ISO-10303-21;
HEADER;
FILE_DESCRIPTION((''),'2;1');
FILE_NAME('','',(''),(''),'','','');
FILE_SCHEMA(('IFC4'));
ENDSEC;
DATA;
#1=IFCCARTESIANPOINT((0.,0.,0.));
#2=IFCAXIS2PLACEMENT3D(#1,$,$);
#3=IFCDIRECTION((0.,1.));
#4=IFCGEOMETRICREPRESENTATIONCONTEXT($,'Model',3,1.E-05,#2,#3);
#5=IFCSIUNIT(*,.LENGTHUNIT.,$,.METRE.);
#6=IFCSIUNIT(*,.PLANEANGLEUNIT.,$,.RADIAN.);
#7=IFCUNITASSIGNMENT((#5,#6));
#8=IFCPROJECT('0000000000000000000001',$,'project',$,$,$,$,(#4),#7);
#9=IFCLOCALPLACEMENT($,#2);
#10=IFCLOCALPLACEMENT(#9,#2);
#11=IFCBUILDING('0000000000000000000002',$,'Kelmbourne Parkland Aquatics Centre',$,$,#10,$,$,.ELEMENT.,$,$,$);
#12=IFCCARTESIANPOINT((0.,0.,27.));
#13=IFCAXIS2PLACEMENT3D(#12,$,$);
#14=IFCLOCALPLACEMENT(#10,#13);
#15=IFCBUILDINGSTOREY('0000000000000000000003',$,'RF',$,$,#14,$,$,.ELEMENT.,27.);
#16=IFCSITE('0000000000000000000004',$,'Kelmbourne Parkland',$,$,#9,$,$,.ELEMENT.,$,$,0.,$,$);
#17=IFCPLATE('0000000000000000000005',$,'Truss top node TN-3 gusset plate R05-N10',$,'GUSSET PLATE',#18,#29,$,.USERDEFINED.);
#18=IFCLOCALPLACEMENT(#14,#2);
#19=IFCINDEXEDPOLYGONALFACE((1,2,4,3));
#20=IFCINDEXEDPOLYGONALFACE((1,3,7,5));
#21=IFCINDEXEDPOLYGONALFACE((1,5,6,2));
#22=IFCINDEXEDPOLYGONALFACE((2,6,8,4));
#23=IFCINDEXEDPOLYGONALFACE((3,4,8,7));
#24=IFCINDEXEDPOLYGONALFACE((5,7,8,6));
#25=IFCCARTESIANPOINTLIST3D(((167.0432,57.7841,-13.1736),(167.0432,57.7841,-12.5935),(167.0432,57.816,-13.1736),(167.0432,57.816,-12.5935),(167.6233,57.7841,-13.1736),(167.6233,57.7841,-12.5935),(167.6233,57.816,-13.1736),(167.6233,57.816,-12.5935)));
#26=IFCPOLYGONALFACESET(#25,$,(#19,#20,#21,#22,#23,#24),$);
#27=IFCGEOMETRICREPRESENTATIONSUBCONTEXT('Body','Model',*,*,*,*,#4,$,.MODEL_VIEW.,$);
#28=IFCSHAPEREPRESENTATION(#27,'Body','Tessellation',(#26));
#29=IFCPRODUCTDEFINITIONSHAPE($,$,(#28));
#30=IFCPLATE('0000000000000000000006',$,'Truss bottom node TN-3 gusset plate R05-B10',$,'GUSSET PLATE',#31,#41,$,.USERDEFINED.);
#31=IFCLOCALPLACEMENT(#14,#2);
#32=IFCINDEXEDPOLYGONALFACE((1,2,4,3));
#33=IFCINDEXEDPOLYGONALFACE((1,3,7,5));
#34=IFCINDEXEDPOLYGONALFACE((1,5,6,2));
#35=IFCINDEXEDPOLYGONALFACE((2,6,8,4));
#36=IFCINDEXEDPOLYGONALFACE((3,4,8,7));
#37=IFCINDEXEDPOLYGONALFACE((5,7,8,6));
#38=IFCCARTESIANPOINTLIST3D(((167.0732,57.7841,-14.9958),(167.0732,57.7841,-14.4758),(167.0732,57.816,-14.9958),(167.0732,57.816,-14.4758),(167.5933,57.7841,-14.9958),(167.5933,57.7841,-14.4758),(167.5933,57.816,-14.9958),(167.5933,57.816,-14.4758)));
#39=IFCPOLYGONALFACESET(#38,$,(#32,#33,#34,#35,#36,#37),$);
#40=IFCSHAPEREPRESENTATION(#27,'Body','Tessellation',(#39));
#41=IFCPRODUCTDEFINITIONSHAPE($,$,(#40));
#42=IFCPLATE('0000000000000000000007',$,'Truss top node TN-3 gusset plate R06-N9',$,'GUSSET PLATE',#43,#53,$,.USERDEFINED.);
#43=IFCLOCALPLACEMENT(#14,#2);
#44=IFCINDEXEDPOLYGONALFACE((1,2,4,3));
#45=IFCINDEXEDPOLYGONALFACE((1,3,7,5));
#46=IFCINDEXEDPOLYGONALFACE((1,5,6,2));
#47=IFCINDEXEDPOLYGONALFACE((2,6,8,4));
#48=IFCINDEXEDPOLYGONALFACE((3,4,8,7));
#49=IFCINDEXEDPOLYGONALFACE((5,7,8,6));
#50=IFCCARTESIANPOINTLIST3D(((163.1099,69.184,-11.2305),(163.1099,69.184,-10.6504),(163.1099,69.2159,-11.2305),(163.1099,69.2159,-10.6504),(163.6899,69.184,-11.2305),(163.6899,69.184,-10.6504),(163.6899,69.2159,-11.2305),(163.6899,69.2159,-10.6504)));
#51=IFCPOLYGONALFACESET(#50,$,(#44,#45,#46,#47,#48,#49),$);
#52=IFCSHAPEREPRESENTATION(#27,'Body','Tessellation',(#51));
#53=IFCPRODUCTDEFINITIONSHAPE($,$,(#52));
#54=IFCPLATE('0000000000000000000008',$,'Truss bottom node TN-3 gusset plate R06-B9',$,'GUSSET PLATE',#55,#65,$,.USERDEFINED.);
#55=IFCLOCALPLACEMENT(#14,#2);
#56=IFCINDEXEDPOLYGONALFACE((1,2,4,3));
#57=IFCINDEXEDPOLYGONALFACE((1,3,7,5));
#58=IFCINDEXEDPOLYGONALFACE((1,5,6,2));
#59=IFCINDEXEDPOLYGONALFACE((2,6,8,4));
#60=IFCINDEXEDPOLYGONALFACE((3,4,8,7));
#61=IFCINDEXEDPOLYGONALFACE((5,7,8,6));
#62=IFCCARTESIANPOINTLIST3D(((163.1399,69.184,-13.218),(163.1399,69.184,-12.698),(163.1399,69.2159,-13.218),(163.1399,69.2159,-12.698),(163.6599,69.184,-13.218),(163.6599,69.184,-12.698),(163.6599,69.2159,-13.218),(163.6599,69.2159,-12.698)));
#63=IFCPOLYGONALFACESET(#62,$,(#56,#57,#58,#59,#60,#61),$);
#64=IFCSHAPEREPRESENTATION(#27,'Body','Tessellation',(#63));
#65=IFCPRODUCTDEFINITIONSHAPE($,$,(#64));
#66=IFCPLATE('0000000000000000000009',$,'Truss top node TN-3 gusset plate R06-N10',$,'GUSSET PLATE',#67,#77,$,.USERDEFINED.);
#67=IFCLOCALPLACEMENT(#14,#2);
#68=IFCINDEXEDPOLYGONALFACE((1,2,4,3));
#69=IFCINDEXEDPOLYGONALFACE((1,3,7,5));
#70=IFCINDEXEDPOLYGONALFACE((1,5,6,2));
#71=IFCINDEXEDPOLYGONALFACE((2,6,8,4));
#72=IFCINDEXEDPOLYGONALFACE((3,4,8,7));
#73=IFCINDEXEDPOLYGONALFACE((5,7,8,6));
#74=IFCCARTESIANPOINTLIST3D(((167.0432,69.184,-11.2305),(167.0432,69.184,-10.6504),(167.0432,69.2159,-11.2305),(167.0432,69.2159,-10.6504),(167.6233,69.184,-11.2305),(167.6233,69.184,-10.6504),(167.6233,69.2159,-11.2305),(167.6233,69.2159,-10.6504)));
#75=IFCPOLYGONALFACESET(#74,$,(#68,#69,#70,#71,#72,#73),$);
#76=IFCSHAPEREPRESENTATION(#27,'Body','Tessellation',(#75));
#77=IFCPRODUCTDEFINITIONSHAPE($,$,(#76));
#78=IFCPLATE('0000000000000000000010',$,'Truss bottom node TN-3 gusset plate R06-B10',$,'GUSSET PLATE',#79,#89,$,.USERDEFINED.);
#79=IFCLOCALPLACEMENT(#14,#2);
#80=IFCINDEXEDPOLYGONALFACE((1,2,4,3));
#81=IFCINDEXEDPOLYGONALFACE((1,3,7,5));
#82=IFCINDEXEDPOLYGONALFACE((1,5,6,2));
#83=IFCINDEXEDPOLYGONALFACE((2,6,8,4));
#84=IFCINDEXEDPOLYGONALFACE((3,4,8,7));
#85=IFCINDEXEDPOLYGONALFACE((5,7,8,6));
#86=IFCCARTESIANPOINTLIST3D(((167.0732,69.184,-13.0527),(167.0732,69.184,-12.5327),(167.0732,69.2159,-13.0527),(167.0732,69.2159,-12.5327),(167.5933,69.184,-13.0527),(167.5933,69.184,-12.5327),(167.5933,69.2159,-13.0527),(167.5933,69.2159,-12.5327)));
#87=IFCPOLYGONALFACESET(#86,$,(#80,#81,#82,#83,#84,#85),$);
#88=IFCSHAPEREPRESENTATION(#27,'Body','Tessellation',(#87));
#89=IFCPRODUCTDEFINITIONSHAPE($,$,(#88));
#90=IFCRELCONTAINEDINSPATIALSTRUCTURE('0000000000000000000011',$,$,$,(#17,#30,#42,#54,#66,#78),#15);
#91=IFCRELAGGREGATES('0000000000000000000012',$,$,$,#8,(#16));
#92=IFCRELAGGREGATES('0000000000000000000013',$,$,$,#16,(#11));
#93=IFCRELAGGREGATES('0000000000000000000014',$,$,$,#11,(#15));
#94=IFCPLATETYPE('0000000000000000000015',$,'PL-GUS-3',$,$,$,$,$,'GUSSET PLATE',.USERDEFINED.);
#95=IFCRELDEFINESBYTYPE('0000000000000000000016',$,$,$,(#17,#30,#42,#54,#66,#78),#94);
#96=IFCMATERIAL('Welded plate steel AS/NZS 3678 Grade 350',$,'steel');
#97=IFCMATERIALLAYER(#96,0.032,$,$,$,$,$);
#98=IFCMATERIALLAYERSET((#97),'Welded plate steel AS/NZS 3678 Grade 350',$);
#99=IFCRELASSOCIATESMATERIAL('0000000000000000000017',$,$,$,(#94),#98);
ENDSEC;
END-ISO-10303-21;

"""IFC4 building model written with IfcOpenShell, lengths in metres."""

from ifc_helpers import new_model, si_unit, direction, frame, origin, origin_2d, place, context, subcontext, project, spatial, rectangle, extrude, material, layer, layer_set, type_object, element, save


model = new_model("IFC4")

# Units and contexts
model_context = context("Model", 3, precision=1e-05, world=origin(), true_north=direction((0.0, 1.0)))
body_context = subcontext(model_context, "Body", "Model", "MODEL_VIEW")
ifc_project = project(units=[si_unit("LENGTHUNIT", "METRE"), si_unit("PLANEANGLEUNIT", "RADIAN")], contexts=[model_context])

# Site, building, storey
site_placement = place(None, origin())
site = spatial("IfcSite", under=ifc_project, at=site_placement, Name="Kelmbourne Parkland", CompositionType="ELEMENT", RefElevation=0.0)
building_placement = place(site_placement, origin())
building = spatial("IfcBuilding", under=site, at=building_placement, Name="Kelmbourne Parkland Aquatics Centre", CompositionType="ELEMENT")
storey_placement = place(building_placement, frame((0.0, 0.0, 27.0)))
storey = spatial("IfcBuildingStorey", under=building, at=storey_placement, Name="RF", CompositionType="ELEMENT", Elevation=27.0)

# Shared definitions
ifc_material_1 = material(Name="Welded plate steel AS/NZS 3678 Grade 350", Category="steel")

# Plates
ifc_layer_1 = layer(ifc_material_1, 0.032)
ifc_layer_set_1 = layer_set([ifc_layer_1], Name="Welded plate steel AS/NZS 3678 Grade 350")
plate_type_1 = type_object("IfcPlateType", Name="PL-GUS-3", ElementType="GUSSET PLATE", PredefinedType="USERDEFINED", material=ifc_layer_set_1)
plate_1_placement = place(storey_placement, frame((167.3333, 57.8, -13.1736), z_axis=(0.0, 0.0, 1.0), x_axis=(1.0, 0.0, 0.0)))
element("IfcPlate", 1, at=plate_1_placement, inside=storey, type_object=plate_type_1, Name="Truss top node TN-3 gusset plate R05-N10", ObjectType="GUSSET PLATE", PredefinedType="USERDEFINED", context=body_context, shape_type="SweptSolid", body=[
    extrude(rectangle(XDim=0.5801, YDim=0.032, at=origin_2d()), origin(), (0.0, 0.0, 1.0), 0.5801),
])
plate_2_placement = place(storey_placement, frame((167.3333, 57.8, -14.9958), z_axis=(0.0, 0.0, 1.0), x_axis=(1.0, 0.0, 0.0)))
element("IfcPlate", 2, at=plate_2_placement, inside=storey, type_object=plate_type_1, Name="Truss bottom node TN-3 gusset plate R05-B10", ObjectType="GUSSET PLATE", PredefinedType="USERDEFINED", context=body_context, shape_type="SweptSolid", body=[
    extrude(rectangle(XDim=0.52, YDim=0.032, at=origin_2d()), origin(), (0.0, 0.0, 1.0), 0.52),
])
plate_3_placement = place(storey_placement, frame((163.3999, 69.2, -11.2305), z_axis=(0.0, 0.0, 1.0), x_axis=(1.0, 0.0, 0.0)))
element("IfcPlate", 3, at=plate_3_placement, inside=storey, type_object=plate_type_1, Name="Truss top node TN-3 gusset plate R06-N9", ObjectType="GUSSET PLATE", PredefinedType="USERDEFINED", context=body_context, shape_type="SweptSolid", body=[
    extrude(rectangle(XDim=0.5801, YDim=0.032, at=origin_2d()), origin(), (0.0, 0.0, 1.0), 0.5801),
])
plate_4_placement = place(storey_placement, frame((163.3999, 69.2, -13.218), z_axis=(0.0, 0.0, 1.0), x_axis=(1.0, 0.0, 0.0)))
element("IfcPlate", 4, at=plate_4_placement, inside=storey, type_object=plate_type_1, Name="Truss bottom node TN-3 gusset plate R06-B9", ObjectType="GUSSET PLATE", PredefinedType="USERDEFINED", context=body_context, shape_type="SweptSolid", body=[
    extrude(rectangle(XDim=0.52, YDim=0.032, at=origin_2d()), origin(), (0.0, 0.0, 1.0), 0.52),
])
plate_5_placement = place(storey_placement, frame((167.3333, 69.2, -11.2305), z_axis=(0.0, 0.0, 1.0), x_axis=(1.0, 0.0, 0.0)))
element("IfcPlate", 5, at=plate_5_placement, inside=storey, type_object=plate_type_1, Name="Truss top node TN-3 gusset plate R06-N10", ObjectType="GUSSET PLATE", PredefinedType="USERDEFINED", context=body_context, shape_type="SweptSolid", body=[
    extrude(rectangle(XDim=0.5801, YDim=0.032, at=origin_2d()), origin(), (0.0, 0.0, 1.0), 0.5801),
])
plate_6_placement = place(storey_placement, frame((167.3333, 69.2, -13.0527), z_axis=(0.0, 0.0, 1.0), x_axis=(1.0, 0.0, 0.0)))
element("IfcPlate", 6, at=plate_6_placement, inside=storey, type_object=plate_type_1, Name="Truss bottom node TN-3 gusset plate R06-B10", ObjectType="GUSSET PLATE", PredefinedType="USERDEFINED", context=body_context, shape_type="SweptSolid", body=[
    extrude(rectangle(XDim=0.52, YDim=0.032, at=origin_2d()), origin(), (0.0, 0.0, 1.0), 0.52),
])

save(model, "model.ifc")
